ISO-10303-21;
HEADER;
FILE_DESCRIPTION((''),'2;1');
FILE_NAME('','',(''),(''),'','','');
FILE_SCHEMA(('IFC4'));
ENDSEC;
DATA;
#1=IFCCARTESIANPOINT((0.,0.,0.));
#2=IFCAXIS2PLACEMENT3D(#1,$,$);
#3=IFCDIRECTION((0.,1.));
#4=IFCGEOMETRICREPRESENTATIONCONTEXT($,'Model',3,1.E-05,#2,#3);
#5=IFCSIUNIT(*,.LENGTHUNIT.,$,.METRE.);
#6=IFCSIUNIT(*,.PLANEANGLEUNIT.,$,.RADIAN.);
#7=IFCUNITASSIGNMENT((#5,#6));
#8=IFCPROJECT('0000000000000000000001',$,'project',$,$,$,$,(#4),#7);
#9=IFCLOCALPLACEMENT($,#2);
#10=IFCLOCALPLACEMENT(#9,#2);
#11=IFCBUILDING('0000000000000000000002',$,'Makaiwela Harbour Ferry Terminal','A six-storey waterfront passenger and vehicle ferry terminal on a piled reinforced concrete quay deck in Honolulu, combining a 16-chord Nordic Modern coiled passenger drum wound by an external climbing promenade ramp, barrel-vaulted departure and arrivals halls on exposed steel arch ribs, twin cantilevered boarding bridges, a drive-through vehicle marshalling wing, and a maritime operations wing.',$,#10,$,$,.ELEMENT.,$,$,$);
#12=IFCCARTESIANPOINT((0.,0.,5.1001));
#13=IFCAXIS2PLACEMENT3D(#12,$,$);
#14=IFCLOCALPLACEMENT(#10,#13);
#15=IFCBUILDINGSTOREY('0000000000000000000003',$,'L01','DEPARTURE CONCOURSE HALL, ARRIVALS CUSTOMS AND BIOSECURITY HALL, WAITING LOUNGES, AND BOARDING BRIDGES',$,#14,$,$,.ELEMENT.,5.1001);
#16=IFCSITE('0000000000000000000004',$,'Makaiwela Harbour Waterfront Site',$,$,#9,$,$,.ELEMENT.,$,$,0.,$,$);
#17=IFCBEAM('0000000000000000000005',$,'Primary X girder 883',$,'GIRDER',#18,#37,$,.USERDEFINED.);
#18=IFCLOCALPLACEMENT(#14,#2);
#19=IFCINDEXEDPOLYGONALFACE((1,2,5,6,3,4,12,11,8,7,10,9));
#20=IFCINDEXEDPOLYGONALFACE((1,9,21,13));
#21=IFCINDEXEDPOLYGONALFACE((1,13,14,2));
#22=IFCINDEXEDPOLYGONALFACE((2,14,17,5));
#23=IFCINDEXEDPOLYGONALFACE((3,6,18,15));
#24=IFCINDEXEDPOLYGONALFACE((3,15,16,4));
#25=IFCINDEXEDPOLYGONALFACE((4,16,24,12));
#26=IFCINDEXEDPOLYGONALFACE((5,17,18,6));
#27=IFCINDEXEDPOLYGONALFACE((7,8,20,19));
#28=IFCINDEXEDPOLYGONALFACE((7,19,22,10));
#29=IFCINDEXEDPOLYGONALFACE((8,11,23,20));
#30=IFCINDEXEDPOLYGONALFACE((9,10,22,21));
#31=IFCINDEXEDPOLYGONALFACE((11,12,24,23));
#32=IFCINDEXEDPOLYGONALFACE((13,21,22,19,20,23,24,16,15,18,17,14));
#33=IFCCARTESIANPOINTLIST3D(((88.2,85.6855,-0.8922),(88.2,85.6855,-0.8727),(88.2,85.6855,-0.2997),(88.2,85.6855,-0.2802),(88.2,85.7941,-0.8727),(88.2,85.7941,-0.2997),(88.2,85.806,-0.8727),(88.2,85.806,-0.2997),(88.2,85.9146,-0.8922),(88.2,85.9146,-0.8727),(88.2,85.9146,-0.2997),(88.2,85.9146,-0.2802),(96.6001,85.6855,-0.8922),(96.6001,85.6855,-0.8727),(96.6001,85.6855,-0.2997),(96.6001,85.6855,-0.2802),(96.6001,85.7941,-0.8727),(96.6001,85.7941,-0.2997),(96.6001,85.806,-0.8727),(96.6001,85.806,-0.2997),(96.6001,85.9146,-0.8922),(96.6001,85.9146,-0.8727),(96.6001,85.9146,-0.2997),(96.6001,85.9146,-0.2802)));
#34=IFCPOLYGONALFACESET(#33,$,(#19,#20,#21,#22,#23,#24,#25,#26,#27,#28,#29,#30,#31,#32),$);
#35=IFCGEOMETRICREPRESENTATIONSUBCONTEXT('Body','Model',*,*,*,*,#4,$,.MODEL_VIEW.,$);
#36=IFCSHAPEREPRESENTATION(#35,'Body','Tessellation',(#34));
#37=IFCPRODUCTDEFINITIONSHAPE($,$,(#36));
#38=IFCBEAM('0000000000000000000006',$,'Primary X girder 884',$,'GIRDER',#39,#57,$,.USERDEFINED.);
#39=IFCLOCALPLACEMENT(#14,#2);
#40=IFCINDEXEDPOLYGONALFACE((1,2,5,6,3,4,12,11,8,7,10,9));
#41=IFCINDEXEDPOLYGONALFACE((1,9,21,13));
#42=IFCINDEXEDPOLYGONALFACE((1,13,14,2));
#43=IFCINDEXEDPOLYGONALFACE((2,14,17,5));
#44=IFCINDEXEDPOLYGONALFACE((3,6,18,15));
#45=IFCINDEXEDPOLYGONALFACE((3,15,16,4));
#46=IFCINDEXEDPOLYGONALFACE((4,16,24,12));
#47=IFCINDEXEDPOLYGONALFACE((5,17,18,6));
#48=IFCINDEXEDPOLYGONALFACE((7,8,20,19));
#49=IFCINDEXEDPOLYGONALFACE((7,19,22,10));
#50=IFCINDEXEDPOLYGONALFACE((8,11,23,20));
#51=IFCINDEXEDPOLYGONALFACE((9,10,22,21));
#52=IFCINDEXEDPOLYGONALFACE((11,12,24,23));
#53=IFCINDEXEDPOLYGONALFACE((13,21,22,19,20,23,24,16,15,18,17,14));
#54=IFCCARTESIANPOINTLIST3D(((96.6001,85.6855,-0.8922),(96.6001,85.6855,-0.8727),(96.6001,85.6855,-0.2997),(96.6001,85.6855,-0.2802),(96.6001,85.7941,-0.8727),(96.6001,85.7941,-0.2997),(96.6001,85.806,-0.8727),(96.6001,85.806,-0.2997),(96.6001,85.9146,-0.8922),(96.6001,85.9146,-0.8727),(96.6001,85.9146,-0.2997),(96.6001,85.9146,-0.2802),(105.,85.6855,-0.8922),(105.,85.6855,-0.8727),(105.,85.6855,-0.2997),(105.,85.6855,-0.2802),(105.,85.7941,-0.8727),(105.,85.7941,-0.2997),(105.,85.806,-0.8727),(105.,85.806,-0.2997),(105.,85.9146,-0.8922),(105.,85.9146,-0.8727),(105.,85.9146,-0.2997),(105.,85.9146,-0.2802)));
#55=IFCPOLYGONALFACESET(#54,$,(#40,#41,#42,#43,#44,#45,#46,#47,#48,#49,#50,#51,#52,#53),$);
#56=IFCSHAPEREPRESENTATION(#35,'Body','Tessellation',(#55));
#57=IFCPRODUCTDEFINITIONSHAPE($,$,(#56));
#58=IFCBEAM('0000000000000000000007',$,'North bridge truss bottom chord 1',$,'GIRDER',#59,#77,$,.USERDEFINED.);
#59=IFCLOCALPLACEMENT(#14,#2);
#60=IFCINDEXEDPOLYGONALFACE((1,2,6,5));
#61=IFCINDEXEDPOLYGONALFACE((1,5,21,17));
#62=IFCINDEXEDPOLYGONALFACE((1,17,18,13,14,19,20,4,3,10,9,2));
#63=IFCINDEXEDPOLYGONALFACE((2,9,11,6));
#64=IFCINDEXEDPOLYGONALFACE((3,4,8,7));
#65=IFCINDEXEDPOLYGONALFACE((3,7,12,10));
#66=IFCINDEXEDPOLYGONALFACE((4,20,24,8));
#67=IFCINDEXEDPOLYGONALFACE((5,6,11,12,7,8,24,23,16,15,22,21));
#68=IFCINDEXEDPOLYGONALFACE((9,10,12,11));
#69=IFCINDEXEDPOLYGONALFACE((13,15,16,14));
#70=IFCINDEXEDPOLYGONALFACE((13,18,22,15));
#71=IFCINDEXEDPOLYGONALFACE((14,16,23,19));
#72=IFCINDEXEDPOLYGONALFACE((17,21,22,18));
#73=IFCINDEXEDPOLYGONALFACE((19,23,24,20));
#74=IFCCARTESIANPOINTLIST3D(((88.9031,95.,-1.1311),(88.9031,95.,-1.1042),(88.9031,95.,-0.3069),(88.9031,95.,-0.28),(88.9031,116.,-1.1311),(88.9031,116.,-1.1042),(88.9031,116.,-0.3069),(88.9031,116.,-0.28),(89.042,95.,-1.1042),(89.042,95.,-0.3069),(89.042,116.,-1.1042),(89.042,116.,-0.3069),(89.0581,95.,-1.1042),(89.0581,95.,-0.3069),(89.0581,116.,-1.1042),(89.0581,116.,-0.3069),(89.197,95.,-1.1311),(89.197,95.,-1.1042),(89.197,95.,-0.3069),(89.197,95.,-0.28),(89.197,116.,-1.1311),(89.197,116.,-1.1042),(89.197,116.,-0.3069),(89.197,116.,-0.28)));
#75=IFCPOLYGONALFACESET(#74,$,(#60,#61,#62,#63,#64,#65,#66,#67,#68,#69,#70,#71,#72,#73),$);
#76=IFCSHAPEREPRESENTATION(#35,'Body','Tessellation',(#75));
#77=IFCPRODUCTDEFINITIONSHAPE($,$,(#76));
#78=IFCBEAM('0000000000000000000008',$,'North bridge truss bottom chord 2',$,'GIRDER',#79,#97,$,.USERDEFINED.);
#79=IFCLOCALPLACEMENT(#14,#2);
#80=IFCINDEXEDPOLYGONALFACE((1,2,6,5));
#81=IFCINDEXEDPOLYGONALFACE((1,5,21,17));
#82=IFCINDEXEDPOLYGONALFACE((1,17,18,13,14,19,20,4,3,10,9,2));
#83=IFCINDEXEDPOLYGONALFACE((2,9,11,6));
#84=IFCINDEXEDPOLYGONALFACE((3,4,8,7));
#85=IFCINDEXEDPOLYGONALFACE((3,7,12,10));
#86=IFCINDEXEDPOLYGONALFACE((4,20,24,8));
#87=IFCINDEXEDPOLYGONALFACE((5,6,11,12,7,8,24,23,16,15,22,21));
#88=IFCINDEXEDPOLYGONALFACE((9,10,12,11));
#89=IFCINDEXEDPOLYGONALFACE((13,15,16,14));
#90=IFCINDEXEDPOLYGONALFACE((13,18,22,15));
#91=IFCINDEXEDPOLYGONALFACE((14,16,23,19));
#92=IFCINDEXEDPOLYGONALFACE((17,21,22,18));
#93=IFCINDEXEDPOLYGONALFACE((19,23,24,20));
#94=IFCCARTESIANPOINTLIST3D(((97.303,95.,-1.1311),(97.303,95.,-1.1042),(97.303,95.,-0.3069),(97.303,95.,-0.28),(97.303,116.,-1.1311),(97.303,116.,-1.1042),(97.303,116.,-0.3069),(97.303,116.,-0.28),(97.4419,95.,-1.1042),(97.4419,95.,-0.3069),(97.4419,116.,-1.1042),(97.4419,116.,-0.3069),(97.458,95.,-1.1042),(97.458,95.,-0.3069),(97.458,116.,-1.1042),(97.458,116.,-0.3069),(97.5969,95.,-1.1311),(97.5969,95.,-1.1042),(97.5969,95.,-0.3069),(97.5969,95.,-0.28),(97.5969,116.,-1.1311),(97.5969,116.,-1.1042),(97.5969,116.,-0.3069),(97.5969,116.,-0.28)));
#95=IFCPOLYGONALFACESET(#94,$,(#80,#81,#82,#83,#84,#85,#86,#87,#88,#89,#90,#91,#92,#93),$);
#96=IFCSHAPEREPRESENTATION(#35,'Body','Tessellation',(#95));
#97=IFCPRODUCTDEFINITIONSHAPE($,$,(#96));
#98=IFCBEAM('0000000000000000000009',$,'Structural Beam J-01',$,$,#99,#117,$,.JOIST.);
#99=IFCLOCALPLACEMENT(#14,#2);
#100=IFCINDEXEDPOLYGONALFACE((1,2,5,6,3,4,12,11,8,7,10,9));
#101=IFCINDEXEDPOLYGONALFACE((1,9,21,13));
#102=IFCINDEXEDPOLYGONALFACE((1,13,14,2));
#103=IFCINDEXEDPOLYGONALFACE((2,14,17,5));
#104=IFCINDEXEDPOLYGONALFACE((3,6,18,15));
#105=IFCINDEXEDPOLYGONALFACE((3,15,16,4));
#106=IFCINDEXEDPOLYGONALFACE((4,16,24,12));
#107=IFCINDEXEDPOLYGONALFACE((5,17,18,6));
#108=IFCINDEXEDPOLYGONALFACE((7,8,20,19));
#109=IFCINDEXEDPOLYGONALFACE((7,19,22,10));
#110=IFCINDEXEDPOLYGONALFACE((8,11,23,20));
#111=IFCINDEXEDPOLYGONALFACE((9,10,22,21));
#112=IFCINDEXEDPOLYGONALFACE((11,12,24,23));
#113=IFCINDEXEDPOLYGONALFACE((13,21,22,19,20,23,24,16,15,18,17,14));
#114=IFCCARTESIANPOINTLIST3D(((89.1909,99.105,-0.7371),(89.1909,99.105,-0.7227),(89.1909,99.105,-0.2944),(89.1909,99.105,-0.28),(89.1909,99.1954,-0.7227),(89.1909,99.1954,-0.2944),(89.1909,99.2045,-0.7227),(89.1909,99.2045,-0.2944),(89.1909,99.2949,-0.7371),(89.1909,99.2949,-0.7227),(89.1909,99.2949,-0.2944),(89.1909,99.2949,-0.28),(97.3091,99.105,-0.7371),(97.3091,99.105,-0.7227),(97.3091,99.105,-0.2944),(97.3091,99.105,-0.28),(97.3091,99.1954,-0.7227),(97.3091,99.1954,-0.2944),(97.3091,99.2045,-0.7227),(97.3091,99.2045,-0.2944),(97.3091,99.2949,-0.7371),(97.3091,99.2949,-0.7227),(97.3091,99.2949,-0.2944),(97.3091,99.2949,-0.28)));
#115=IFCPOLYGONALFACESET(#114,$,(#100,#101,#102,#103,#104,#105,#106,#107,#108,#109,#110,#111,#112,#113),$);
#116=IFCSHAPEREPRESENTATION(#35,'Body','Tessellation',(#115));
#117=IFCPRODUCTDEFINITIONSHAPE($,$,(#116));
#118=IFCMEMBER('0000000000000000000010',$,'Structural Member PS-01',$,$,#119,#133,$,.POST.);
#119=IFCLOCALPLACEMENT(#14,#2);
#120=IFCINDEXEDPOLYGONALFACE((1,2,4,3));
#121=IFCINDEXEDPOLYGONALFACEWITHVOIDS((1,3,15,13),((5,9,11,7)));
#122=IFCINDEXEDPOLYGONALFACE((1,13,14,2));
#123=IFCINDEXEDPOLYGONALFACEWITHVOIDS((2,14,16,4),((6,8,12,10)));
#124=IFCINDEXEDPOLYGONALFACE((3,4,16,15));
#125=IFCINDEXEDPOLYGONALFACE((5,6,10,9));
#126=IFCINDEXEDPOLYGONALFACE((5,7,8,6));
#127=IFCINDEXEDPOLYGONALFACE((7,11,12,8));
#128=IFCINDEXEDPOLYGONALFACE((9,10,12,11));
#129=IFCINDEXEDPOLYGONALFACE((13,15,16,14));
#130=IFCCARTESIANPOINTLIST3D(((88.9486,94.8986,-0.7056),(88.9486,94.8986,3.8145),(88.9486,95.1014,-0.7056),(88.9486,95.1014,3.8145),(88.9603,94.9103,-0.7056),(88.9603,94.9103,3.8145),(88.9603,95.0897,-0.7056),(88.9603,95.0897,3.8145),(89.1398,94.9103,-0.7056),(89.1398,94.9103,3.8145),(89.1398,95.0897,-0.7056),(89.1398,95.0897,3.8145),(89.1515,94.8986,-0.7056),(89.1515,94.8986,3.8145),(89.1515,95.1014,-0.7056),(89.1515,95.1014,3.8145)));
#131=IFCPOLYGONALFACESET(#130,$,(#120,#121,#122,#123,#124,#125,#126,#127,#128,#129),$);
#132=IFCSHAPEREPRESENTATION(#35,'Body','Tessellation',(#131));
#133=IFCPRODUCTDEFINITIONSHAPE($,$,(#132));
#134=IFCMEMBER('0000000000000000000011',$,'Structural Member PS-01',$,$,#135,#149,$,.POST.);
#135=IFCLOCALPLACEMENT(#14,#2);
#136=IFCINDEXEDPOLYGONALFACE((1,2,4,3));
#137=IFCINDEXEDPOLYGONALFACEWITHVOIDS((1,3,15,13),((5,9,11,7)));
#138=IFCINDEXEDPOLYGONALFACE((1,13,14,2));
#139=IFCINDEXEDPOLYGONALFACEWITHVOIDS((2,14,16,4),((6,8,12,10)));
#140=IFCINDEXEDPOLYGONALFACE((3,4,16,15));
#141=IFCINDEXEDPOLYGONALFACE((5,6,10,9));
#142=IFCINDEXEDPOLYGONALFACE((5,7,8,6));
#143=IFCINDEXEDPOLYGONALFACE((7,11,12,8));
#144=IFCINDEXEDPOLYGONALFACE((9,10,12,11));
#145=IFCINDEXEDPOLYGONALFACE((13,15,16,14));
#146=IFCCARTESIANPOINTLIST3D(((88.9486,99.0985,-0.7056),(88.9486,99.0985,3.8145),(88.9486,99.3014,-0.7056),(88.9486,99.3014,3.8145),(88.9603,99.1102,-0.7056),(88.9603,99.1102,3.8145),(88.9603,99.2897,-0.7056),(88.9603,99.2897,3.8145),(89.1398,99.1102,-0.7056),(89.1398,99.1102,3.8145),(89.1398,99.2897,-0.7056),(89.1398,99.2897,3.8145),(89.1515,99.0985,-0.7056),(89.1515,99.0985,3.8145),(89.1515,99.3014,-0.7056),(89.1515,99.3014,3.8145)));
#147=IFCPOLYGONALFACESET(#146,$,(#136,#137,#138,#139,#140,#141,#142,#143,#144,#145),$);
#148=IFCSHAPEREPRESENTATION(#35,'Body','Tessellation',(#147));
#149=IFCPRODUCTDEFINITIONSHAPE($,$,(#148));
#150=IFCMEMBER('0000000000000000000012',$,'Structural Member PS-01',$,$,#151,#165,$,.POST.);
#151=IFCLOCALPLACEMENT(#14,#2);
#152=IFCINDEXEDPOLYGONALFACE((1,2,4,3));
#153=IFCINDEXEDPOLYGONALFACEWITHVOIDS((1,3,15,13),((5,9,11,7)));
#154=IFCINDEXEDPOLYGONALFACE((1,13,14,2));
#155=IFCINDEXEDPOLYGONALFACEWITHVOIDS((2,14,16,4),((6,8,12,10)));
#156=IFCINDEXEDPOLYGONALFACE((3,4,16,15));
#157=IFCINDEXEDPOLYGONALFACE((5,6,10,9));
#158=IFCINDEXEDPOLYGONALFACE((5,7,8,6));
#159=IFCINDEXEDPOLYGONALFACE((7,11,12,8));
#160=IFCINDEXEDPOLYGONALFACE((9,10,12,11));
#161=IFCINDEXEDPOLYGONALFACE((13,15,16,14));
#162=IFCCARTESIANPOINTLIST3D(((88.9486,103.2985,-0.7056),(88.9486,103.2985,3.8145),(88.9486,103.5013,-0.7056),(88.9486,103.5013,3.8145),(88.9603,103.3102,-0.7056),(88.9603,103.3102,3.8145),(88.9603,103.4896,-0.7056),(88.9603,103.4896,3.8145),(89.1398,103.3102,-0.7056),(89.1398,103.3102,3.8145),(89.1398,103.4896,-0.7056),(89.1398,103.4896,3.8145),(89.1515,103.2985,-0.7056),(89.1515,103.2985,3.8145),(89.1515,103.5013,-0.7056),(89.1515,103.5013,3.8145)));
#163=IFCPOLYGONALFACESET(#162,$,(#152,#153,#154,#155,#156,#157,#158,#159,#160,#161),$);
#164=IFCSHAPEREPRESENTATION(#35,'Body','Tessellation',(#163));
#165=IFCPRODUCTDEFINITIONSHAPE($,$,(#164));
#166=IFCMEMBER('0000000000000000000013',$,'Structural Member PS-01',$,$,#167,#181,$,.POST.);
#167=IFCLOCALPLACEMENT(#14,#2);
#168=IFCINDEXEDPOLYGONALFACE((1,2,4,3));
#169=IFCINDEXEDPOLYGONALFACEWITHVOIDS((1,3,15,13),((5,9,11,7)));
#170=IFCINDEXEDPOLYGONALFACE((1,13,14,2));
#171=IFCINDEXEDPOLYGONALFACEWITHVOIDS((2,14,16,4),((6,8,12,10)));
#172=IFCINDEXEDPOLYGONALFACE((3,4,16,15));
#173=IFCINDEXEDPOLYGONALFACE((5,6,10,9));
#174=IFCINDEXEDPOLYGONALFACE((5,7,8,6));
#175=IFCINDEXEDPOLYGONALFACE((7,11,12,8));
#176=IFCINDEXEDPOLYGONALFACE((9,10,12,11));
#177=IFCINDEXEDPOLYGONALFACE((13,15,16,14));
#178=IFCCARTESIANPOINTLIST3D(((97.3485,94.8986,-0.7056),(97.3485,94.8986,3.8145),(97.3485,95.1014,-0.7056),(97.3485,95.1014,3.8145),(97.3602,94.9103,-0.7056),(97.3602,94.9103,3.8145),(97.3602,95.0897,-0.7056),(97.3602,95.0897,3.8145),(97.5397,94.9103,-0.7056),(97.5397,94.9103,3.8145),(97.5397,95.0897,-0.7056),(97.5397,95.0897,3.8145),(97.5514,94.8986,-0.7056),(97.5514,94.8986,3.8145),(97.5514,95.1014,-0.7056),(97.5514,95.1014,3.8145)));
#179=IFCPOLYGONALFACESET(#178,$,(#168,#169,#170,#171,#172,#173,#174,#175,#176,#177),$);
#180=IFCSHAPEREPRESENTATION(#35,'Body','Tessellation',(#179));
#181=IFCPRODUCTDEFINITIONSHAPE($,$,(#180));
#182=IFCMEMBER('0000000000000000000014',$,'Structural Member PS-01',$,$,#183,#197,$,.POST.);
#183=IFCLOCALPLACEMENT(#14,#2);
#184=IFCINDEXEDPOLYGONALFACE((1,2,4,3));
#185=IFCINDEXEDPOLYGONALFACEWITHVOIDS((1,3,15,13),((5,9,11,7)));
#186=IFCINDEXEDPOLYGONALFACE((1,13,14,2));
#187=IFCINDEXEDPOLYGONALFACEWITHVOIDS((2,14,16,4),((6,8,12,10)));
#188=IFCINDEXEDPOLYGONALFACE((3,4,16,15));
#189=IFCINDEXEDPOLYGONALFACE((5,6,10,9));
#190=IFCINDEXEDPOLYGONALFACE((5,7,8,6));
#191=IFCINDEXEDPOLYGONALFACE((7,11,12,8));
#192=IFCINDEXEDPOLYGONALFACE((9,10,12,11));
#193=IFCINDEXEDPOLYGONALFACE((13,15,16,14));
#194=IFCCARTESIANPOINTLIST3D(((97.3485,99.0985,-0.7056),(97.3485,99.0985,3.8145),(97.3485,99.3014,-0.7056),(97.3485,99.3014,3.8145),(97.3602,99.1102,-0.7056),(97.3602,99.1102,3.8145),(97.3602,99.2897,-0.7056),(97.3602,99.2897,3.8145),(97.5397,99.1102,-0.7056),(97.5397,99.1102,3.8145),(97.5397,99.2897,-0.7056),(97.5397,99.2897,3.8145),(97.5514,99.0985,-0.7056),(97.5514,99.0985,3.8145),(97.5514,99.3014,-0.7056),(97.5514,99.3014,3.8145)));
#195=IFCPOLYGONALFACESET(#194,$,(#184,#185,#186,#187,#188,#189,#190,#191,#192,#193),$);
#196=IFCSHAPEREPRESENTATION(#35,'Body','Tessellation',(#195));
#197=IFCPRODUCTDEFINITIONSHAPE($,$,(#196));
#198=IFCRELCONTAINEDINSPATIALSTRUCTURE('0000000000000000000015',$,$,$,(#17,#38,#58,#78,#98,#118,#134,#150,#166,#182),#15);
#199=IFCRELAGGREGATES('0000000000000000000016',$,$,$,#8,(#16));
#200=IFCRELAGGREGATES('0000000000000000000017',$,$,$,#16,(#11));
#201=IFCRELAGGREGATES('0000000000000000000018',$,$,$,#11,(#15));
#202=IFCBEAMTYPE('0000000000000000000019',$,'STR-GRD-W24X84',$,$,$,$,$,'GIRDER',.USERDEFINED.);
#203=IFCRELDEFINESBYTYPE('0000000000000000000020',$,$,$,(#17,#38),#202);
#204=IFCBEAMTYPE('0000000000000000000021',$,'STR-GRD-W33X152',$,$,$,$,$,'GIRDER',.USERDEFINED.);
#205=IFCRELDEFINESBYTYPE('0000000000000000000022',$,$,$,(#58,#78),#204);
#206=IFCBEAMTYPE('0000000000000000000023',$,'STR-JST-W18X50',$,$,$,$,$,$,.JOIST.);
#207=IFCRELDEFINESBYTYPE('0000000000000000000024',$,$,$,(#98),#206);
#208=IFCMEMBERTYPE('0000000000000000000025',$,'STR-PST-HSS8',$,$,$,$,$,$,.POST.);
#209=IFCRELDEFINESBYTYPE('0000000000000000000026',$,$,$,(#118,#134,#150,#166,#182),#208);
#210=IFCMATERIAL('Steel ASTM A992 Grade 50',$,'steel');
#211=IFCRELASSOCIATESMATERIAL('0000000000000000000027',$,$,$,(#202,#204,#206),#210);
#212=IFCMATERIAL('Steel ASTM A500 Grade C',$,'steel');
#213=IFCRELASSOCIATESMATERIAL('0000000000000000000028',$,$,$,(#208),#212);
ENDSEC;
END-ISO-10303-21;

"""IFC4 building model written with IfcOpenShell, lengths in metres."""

from ifc_helpers import new_model, si_unit, direction, frame, origin, origin_2d, place, context, subcontext, project, spatial, hollow_rectangle, i_section, extrude, material, material_profile, profile_set, type_object, element, save


model = new_model("IFC4")

# Units and contexts
model_context = context("Model", 3, precision=1e-05, world=origin(), true_north=direction((0.0, 1.0)))
body_context = subcontext(model_context, "Body", "Model", "MODEL_VIEW")
ifc_project = project(units=[si_unit("LENGTHUNIT", "METRE"), si_unit("PLANEANGLEUNIT", "RADIAN")], contexts=[model_context])

# Site, building, storey
site_placement = place(None, origin())
site = spatial("IfcSite", under=ifc_project, at=site_placement, Name="Makaiwela Harbour Waterfront Site", CompositionType="ELEMENT", RefElevation=0.0)
building_placement = place(site_placement, origin())
building = spatial("IfcBuilding", under=site, at=building_placement, Name="Makaiwela Harbour Ferry Terminal", Description="A six-storey waterfront passenger and vehicle ferry terminal on a piled reinforced concrete quay deck in Honolulu, combining a 16-chord Nordic Modern coiled passenger drum wound by an external climbing promenade ramp, barrel-vaulted departure and arrivals halls on exposed steel arch ribs, twin cantilevered boarding bridges, a drive-through vehicle marshalling wing, and a maritime operations wing.", CompositionType="ELEMENT")
storey_placement = place(building_placement, frame((0.0, 0.0, 5.1001)))
storey = spatial("IfcBuildingStorey", under=building, at=storey_placement, Name="L01", Description="DEPARTURE CONCOURSE HALL, ARRIVALS CUSTOMS AND BIOSECURITY HALL, WAITING LOUNGES, AND BOARDING BRIDGES", CompositionType="ELEMENT", Elevation=5.1001)

# Shared definitions
ifc_material_1 = material(Name="Steel ASTM A992 Grade 50", Category="steel")

# Shared definitions
ifc_material_2 = material(Name="Steel ASTM A500 Grade C", Category="steel")

# Beams
ifc_material_profile_1 = material_profile(ifc_material_1, i_section(OverallWidth=0.229, OverallDepth=0.6121, WebThickness=0.012, FlangeThickness=0.0195, at=origin_2d()), Name="W24X84")
ifc_profile_set_1 = profile_set([ifc_material_profile_1], Name="Steel ASTM A992 Grade 50")
beam_type_1 = type_object("IfcBeamType", Name="STR-GRD-W24X84", ElementType="GIRDER", PredefinedType="USERDEFINED", material=ifc_profile_set_1)
beam_1_placement = place(storey_placement, frame((88.2, 85.8, -0.5862), z_axis=(1.0, 0.0, 0.0), x_axis=(0.0, 1.0, 0.0)))
element("IfcBeam", 1, at=beam_1_placement, inside=storey, type_object=beam_type_1, Name="Primary X girder 883", ObjectType="GIRDER", PredefinedType="USERDEFINED", context=body_context, shape_type="SweptSolid", body=[
    extrude(i_section(OverallWidth=0.229, OverallDepth=0.6121, WebThickness=0.012, FlangeThickness=0.0195, at=origin_2d()), origin(), (0.0, 0.0, 1.0), 8.4001),
])
beam_2_placement = place(storey_placement, frame((96.6001, 85.8, -0.5862), z_axis=(1.0, 0.0, 0.0), x_axis=(0.0, 1.0, 0.0)))
element("IfcBeam", 2, at=beam_2_placement, inside=storey, type_object=beam_type_1, Name="Primary X girder 884", ObjectType="GIRDER", PredefinedType="USERDEFINED", context=body_context, shape_type="SweptSolid", body=[
    extrude(i_section(OverallWidth=0.229, OverallDepth=0.6121, WebThickness=0.012, FlangeThickness=0.0195, at=origin_2d()), origin(), (0.0, 0.0, 1.0), 8.3999),
])
ifc_material_profile_2 = material_profile(ifc_material_1, i_section(OverallWidth=0.2939, OverallDepth=0.8511, WebThickness=0.0161, FlangeThickness=0.0269, at=origin_2d()), Name="W33X152")
ifc_profile_set_2 = profile_set([ifc_material_profile_2], Name="Steel ASTM A992 Grade 50")
beam_type_2 = type_object("IfcBeamType", Name="STR-GRD-W33X152", ElementType="GIRDER", PredefinedType="USERDEFINED", material=ifc_profile_set_2)
for number, where, z_axis, x_axis, name in (
    (3, (89.05, 95.0, -0.7056), (0.0, 1.0, 0.0), (-1.0, 0.0, 0.0), "North bridge truss bottom chord 1"),
    (4, (97.45, 95.0, -0.7056), (0.0, 1.0, 0.0), (-1.0, 0.0, 0.0), "North bridge truss bottom chord 2"),
):
    element("IfcBeam", number, at=place(storey_placement, frame(where, z_axis=z_axis, x_axis=x_axis)), inside=storey, type_object=beam_type_2, Name=name, ObjectType="GIRDER", PredefinedType="USERDEFINED", context=body_context, shape_type="SweptSolid", body=[
        extrude(i_section(OverallWidth=0.2939, OverallDepth=0.8511, WebThickness=0.0161, FlangeThickness=0.0269, at=origin_2d()), origin(), (0.0, 0.0, 1.0), 21.0),
    ])
ifc_material_profile_3 = material_profile(ifc_material_1, i_section(OverallWidth=0.1899, OverallDepth=0.457, WebThickness=0.009, FlangeThickness=0.0144, at=origin_2d()), Name="W18X50")
ifc_profile_set_3 = profile_set([ifc_material_profile_3], Name="Steel ASTM A992 Grade 50")
beam_type_3 = type_object("IfcBeamType", Name="STR-JST-W18X50", PredefinedType="JOIST", material=ifc_profile_set_3)
beam_3_placement = place(storey_placement, frame((89.1909, 99.2, -0.5085), z_axis=(1.0, 0.0, 0.0), x_axis=(0.0, 1.0, 0.0)))
element("IfcBeam", 5, at=beam_3_placement, inside=storey, type_object=beam_type_3, Name="Structural Beam J-01", PredefinedType="JOIST", context=body_context, shape_type="SweptSolid", body=[
    extrude(i_section(OverallWidth=0.1899, OverallDepth=0.457, WebThickness=0.009, FlangeThickness=0.0144, at=origin_2d()), origin(), (0.0, 0.0, 1.0), 8.1182),
])

# Members
ifc_material_profile_4 = material_profile(ifc_material_2, hollow_rectangle(XDim=0.2029, YDim=0.2029, WallThickness=0.0117, at=origin_2d()), Name="HSS8X8X1/2")
ifc_profile_set_4 = profile_set([ifc_material_profile_4], Name="Steel ASTM A500 Grade C")
member_type_1 = type_object("IfcMemberType", Name="STR-PST-HSS8", PredefinedType="POST", material=ifc_profile_set_4)
for number, where, z_axis, x_axis, name in (
    (6, (89.05, 95.0, -0.7056), (0.0, 0.0, 1.0), (1.0, 0.0, 0.0), "Structural Member PS-01"),
    (7, (89.05, 99.2, -0.7056), (0.0, 0.0, 1.0), (1.0, 0.0, 0.0), "Structural Member PS-01"),
    (8, (89.05, 103.3999, -0.7056), (0.0, 0.0, 1.0), (1.0, 0.0, 0.0), "Structural Member PS-01"),
    (9, (97.45, 95.0, -0.7056), (0.0, 0.0, 1.0), (1.0, 0.0, 0.0), "Structural Member PS-01"),
    (10, (97.45, 99.2, -0.7056), (0.0, 0.0, 1.0), (1.0, 0.0, 0.0), "Structural Member PS-01"),
):
    element("IfcMember", number, at=place(storey_placement, frame(where, z_axis=z_axis, x_axis=x_axis)), inside=storey, type_object=member_type_1, Name=name, PredefinedType="POST", context=body_context, shape_type="SweptSolid", body=[
        extrude(hollow_rectangle(XDim=0.2029, YDim=0.2029, WallThickness=0.0117, at=origin_2d()), origin(), (0.0, 0.0, 1.0), 4.52),
    ])

save(model, "model.ifc")
